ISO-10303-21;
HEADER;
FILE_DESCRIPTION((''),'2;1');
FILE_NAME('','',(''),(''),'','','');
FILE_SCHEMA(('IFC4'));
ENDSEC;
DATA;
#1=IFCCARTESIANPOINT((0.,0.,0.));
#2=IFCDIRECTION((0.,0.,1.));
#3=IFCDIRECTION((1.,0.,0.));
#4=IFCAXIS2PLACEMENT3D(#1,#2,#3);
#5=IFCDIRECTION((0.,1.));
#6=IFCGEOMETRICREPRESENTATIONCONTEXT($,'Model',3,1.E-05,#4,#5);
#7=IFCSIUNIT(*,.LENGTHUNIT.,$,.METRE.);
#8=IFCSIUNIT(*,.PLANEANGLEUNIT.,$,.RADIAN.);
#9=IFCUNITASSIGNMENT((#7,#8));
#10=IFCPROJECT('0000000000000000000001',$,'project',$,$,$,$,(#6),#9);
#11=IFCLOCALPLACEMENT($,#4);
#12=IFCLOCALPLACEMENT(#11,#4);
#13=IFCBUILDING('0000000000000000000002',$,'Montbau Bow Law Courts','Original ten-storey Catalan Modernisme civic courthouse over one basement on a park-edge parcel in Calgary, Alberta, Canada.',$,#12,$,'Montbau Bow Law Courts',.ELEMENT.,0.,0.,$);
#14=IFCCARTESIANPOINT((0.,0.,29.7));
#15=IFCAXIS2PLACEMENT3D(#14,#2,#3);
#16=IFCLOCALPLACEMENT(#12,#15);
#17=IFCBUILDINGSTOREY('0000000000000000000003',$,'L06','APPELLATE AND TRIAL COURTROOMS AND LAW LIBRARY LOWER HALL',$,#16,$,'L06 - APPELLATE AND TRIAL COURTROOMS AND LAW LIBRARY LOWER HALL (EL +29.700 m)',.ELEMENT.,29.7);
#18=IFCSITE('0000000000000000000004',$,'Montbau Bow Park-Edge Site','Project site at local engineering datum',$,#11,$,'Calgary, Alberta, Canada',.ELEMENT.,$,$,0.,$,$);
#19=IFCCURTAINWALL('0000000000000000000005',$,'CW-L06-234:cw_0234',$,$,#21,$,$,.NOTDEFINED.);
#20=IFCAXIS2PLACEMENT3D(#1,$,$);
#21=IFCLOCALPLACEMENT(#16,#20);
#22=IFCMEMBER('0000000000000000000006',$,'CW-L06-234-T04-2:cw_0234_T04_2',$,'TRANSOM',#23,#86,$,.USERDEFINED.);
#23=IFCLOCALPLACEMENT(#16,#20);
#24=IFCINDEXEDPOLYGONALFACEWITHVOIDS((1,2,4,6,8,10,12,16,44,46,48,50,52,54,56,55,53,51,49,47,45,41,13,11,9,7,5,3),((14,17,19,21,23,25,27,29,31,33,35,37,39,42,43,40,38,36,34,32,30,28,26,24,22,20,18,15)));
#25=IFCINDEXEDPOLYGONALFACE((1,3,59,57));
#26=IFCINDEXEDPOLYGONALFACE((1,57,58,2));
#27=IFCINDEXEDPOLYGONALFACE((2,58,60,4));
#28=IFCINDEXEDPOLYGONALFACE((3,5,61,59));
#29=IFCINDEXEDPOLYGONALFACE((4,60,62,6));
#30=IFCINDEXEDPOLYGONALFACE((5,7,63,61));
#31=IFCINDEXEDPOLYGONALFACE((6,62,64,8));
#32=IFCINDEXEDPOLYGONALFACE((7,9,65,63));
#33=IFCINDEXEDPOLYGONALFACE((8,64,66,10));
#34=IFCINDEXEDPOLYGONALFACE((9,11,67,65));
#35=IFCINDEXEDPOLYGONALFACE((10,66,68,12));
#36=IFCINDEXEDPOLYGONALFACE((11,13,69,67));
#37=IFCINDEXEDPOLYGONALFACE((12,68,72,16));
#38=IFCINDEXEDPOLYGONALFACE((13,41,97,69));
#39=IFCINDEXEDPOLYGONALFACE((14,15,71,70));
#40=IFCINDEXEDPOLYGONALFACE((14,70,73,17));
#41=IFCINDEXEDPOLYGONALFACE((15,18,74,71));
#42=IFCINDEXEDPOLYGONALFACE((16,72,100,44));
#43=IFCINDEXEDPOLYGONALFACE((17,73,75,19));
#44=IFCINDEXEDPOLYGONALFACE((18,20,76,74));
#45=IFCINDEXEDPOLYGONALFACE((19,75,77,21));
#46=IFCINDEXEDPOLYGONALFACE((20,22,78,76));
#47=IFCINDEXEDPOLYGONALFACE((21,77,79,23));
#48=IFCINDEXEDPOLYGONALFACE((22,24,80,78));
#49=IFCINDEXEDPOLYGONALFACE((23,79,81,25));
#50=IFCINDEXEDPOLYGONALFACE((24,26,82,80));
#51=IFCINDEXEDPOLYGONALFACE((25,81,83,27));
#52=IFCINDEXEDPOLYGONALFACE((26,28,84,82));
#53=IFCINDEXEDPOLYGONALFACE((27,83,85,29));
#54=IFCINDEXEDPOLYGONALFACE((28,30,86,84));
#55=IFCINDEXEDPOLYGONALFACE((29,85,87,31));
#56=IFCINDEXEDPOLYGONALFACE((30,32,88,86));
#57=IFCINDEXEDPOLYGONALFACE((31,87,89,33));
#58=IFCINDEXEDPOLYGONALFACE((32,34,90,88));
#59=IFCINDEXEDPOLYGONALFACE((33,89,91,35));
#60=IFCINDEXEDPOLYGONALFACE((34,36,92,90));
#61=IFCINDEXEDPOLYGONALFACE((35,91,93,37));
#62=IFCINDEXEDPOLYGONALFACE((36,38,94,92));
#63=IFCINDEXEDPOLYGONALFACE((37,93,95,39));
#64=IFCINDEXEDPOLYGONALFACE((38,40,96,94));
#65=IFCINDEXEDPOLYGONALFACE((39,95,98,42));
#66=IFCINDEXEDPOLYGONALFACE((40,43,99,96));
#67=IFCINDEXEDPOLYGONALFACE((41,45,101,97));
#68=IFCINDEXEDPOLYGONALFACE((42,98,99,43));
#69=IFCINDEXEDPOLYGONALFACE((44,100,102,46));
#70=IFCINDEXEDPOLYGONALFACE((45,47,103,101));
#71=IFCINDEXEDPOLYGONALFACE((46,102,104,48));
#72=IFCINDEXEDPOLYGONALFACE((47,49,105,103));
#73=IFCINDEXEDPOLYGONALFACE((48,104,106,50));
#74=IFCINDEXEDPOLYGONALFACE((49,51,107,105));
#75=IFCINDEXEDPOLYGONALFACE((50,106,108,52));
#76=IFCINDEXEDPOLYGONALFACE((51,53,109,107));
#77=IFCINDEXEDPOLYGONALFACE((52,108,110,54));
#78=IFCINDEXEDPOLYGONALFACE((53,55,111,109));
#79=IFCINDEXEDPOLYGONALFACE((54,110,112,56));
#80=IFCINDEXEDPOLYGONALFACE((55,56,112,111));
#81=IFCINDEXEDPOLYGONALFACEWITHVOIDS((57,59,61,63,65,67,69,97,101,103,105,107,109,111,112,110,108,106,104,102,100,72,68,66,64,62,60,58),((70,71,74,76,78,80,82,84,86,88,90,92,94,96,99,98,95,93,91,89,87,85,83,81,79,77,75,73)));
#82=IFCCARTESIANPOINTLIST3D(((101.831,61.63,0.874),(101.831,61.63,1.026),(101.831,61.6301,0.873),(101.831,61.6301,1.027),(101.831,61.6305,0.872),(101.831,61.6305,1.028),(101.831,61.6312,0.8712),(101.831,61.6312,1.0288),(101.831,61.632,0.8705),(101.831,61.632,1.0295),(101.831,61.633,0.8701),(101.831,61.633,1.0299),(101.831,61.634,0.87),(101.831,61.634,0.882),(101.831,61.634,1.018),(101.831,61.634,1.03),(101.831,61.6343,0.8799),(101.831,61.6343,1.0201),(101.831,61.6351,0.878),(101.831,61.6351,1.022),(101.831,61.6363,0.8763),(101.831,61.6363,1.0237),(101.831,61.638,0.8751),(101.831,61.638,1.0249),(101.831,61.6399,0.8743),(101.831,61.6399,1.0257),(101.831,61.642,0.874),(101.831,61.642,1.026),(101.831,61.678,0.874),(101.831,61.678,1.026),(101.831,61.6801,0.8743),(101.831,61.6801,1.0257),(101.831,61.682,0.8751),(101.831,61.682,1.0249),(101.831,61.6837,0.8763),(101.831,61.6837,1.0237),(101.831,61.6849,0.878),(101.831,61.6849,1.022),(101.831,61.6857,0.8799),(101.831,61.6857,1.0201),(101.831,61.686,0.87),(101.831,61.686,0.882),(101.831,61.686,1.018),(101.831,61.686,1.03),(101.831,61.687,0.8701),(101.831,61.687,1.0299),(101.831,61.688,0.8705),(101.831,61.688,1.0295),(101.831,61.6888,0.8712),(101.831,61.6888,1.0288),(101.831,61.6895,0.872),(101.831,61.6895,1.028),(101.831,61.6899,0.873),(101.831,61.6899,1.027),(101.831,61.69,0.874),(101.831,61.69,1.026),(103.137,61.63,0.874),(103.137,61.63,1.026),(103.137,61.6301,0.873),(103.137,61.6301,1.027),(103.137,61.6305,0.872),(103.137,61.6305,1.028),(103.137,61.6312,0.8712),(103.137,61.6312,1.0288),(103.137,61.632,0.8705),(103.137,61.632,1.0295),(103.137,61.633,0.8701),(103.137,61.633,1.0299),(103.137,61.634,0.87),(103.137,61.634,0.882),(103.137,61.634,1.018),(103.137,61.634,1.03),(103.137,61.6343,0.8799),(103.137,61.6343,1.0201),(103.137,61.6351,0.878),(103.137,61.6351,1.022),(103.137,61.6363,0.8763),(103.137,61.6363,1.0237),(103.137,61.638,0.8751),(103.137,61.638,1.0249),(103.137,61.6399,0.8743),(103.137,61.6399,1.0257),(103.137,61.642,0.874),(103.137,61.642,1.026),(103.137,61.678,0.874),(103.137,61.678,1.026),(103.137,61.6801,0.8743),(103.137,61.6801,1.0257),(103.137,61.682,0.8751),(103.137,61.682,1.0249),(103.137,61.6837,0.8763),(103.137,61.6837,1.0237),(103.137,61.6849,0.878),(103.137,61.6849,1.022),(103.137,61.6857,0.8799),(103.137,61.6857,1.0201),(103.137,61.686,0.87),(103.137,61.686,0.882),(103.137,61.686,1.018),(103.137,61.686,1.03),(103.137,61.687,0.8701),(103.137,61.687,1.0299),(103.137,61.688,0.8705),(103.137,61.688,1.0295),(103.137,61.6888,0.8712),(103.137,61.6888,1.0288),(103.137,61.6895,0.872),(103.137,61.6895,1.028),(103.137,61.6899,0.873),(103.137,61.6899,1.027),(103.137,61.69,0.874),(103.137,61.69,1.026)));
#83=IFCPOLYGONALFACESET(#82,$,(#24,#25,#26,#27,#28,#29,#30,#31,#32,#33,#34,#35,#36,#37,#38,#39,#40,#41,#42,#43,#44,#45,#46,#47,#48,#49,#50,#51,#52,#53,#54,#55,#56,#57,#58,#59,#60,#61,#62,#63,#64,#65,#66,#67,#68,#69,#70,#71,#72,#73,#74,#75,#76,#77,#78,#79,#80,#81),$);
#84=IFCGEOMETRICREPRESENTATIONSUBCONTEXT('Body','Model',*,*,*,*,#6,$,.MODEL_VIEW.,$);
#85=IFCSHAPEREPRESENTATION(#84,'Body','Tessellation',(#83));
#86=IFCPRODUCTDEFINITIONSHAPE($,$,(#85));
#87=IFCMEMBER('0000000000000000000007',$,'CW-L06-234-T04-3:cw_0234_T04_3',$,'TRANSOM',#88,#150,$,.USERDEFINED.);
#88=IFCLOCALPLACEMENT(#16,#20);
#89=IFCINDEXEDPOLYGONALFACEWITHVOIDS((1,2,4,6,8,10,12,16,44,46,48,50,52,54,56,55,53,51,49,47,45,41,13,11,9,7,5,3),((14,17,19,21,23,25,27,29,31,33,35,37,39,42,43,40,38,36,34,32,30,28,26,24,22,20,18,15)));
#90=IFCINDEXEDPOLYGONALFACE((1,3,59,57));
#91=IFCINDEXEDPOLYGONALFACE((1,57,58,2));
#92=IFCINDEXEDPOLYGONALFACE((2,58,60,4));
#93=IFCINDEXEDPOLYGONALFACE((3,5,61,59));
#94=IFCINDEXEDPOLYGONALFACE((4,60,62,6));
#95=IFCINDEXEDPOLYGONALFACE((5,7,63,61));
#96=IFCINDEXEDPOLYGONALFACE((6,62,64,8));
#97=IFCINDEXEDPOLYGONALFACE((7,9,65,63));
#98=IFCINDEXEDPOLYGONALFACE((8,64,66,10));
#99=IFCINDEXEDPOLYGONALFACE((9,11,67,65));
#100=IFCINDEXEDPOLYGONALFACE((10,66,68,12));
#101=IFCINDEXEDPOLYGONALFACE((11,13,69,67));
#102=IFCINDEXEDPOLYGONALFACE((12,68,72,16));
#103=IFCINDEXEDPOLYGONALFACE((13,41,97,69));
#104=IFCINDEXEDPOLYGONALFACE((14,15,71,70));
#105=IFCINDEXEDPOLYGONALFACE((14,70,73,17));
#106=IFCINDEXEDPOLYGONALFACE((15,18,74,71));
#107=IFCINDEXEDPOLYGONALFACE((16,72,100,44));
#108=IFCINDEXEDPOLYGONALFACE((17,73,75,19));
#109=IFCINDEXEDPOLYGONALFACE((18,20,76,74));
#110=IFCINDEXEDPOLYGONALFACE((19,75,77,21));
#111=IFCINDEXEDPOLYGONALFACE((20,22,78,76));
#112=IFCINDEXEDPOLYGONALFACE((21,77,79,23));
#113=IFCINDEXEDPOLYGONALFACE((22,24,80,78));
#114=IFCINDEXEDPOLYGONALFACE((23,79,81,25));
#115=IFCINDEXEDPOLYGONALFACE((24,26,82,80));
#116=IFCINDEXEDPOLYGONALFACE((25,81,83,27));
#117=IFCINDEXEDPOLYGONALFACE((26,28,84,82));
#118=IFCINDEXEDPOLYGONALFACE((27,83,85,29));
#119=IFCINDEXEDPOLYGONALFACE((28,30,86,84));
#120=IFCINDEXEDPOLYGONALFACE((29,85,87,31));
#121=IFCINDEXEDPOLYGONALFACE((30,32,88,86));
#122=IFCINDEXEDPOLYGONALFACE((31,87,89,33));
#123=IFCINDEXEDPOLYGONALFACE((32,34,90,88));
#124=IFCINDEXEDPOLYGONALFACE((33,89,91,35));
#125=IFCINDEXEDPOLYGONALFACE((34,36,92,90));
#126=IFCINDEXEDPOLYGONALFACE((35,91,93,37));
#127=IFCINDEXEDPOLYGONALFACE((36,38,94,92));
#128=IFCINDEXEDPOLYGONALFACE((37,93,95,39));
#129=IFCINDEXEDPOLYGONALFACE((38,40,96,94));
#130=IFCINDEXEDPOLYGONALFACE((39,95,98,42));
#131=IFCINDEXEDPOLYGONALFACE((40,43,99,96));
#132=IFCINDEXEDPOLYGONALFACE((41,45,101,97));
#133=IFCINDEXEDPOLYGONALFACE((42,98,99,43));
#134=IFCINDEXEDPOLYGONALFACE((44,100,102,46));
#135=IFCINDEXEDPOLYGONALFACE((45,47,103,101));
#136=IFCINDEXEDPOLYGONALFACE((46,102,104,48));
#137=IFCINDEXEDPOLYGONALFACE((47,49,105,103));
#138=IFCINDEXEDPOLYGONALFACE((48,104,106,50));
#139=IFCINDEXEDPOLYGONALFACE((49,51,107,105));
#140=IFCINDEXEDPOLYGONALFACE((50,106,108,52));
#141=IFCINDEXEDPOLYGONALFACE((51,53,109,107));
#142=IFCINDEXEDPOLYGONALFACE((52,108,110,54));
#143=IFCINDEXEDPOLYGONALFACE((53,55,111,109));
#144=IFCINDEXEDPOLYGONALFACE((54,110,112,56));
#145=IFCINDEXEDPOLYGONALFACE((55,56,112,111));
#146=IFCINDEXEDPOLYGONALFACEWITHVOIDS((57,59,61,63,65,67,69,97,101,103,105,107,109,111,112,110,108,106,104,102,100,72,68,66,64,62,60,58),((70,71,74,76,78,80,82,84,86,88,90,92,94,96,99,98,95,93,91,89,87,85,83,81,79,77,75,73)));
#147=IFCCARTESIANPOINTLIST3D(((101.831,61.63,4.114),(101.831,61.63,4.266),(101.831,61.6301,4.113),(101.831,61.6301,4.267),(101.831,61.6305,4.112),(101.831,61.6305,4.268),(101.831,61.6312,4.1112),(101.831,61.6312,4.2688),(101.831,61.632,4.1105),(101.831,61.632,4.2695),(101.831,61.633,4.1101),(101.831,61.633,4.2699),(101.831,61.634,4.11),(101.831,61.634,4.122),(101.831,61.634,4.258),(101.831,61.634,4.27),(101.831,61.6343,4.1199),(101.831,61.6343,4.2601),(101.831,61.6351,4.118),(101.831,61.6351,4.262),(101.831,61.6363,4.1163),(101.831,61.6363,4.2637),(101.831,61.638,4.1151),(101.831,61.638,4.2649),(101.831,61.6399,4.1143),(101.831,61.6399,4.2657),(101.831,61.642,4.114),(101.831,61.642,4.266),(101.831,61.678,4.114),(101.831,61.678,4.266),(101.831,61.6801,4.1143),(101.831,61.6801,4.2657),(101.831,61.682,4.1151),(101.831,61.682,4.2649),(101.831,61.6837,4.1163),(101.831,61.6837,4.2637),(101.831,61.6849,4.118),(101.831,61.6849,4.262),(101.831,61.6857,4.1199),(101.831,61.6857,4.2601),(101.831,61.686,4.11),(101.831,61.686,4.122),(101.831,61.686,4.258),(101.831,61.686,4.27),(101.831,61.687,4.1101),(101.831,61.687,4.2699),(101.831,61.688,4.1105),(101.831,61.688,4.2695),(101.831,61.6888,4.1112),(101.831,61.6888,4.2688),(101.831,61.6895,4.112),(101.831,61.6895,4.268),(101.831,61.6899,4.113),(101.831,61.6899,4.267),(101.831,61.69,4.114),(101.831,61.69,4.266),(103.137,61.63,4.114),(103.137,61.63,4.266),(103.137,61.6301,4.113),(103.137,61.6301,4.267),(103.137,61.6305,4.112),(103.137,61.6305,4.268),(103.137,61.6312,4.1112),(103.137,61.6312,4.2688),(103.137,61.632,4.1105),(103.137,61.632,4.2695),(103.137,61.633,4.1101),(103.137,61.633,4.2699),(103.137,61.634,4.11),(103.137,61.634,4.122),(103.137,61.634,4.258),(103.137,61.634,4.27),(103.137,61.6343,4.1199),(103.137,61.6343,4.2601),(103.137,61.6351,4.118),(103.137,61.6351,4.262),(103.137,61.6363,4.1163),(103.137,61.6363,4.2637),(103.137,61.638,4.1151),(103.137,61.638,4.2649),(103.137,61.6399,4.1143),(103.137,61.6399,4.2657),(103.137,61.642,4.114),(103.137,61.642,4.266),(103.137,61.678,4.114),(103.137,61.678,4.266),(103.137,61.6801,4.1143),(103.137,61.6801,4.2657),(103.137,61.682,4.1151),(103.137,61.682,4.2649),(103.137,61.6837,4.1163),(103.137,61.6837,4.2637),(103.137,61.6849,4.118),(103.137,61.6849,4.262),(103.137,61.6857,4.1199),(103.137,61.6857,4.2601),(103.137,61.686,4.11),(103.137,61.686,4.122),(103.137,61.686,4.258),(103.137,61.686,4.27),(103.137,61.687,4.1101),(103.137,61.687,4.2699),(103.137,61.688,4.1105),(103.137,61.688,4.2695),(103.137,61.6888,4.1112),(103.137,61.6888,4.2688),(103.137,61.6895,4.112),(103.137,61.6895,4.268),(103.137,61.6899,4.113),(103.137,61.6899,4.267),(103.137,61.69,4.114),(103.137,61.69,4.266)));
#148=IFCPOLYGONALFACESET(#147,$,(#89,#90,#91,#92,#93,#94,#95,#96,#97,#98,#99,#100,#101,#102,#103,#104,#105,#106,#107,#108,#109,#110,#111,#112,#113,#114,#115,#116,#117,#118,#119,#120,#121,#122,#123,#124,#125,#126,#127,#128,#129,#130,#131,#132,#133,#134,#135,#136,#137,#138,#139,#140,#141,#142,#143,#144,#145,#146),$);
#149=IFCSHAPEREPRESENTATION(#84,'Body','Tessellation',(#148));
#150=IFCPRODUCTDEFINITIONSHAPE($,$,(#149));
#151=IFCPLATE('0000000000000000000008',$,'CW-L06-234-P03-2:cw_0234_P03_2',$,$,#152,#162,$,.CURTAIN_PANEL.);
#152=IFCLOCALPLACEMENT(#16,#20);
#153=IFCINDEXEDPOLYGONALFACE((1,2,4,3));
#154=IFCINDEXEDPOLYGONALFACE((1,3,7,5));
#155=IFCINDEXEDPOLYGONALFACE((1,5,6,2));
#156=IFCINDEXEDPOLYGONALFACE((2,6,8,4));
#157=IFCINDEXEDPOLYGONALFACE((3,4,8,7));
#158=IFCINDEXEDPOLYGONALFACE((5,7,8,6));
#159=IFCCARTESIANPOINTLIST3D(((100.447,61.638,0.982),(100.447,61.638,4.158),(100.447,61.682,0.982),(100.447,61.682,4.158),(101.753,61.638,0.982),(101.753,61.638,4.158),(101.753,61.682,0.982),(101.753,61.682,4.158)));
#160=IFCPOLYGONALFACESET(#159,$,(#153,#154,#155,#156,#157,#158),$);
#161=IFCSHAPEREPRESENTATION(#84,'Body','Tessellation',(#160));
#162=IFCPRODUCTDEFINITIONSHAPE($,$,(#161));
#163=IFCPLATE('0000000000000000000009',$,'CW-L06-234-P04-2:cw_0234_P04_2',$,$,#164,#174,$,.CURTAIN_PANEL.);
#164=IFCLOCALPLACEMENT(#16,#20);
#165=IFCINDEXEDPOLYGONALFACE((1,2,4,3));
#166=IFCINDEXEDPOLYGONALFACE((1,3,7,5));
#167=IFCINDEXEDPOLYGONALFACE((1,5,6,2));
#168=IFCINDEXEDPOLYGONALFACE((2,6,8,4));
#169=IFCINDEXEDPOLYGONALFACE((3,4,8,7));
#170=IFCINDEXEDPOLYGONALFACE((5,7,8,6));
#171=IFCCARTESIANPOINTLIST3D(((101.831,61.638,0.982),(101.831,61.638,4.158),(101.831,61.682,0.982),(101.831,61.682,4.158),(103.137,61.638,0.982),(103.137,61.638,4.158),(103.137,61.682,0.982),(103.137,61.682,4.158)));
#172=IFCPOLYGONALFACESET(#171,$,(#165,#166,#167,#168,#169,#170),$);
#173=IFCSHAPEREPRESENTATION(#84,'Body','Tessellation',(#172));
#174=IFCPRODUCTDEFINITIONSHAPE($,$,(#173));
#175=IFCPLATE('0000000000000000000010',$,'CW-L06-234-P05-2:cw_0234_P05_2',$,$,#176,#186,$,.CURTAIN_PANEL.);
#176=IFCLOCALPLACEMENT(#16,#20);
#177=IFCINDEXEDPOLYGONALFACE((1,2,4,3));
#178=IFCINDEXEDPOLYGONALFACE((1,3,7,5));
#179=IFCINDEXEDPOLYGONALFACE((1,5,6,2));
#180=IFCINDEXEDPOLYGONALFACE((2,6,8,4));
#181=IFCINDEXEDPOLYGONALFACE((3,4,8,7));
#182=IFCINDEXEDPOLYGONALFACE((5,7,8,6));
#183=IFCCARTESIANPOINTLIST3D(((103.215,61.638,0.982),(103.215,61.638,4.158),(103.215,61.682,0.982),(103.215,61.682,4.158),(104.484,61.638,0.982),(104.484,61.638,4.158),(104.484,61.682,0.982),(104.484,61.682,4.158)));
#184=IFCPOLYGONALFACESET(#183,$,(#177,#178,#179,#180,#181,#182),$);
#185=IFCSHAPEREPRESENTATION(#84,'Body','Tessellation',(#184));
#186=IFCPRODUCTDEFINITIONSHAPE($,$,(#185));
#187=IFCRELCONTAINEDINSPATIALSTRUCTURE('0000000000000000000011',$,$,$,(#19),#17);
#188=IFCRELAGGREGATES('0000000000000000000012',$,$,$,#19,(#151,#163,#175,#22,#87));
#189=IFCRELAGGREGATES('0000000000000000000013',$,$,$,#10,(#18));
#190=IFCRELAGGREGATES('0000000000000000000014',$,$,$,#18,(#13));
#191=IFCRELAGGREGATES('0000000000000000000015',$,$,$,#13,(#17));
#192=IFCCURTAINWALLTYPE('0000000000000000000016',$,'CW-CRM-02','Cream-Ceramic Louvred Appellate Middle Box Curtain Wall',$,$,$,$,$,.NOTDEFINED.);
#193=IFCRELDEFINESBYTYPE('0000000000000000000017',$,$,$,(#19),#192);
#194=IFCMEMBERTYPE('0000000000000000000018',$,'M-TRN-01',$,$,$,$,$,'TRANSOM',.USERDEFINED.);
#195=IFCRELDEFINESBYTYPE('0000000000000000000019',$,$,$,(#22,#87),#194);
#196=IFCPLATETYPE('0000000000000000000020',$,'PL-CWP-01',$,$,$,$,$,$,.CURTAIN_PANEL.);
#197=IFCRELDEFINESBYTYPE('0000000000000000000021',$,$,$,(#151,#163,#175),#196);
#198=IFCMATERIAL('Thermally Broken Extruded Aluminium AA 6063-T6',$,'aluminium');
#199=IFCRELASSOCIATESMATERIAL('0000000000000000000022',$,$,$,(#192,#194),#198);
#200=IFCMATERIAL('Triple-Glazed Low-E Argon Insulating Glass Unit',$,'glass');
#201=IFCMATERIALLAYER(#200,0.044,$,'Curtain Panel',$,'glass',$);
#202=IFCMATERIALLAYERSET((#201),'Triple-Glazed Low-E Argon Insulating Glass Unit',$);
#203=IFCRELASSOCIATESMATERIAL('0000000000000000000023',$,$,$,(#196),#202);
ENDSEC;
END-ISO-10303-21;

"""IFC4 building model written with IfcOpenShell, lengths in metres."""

from ifc_helpers import new_model, si_unit, direction, frame, frame_2d, origin_with_axes, origin_2d_with_axis, place, context, subcontext, project, spatial, rectangle, hollow_rectangle, extrude, material, layer, layer_set, material_profile, profile_set, type_object, element, aggregate, save


model = new_model("IFC4")

# Units and contexts
model_context = context("Model", 3, precision=1e-05, world=origin_with_axes(), true_north=direction((0.0, 1.0)))
body_context = subcontext(model_context, "Body", "Model", "MODEL_VIEW")
ifc_project = project(units=[si_unit("LENGTHUNIT", "METRE"), si_unit("PLANEANGLEUNIT", "RADIAN")], contexts=[model_context])

# Site, building, storey
site_placement = place(None, origin_with_axes())
site = spatial("IfcSite", under=ifc_project, at=site_placement, Name="Montbau Bow Park-Edge Site", Description="Project site at local engineering datum", LongName="Calgary, Alberta, Canada", CompositionType="ELEMENT", RefElevation=0.0)
building_placement = place(site_placement, origin_with_axes())
building = spatial("IfcBuilding", under=site, at=building_placement, Name="Montbau Bow Law Courts", Description="Original ten-storey Catalan Modernisme civic courthouse over one basement on a park-edge parcel in Calgary, Alberta, Canada.", LongName="Montbau Bow Law Courts", CompositionType="ELEMENT", ElevationOfRefHeight=0.0, ElevationOfTerrain=0.0)
storey_placement = place(building_placement, frame((0.0, 0.0, 29.7), z_axis=(0.0, 0.0, 1.0), x_axis=(1.0, 0.0, 0.0)))
storey = spatial("IfcBuildingStorey", under=building, at=storey_placement, Name="L06", Description="APPELLATE AND TRIAL COURTROOMS AND LAW LIBRARY LOWER HALL", LongName="L06 - APPELLATE AND TRIAL COURTROOMS AND LAW LIBRARY LOWER HALL (EL +29.700 m)", CompositionType="ELEMENT", Elevation=29.7)

# Curtain wall
ifc_material_1 = material(Name="Thermally Broken Extruded Aluminium AA 6063-T6", Category="aluminium")
curtain_wall_type = type_object("IfcCurtainWallType", Name="CW-CRM-02", Description="Cream-Ceramic Louvred Appellate Middle Box Curtain Wall", PredefinedType="NOTDEFINED", material=ifc_material_1)
curtain_wall_placement = place(None, frame((97.64, 61.66, 29.7), z_axis=(0.0, 0.0, 1.0), x_axis=(1.0, 0.0, 0.0)))
curtain_wall = element("IfcCurtainWall", 1, at=curtain_wall_placement, inside=storey, type_object=curtain_wall_type, Name="CW-L06-234:cw_0234", PredefinedType="NOTDEFINED")

# Members
ifc_material_profile_1 = material_profile(ifc_material_1, hollow_rectangle(XDim=0.06, YDim=0.16, WallThickness=0.004, InnerFilletRadius=0.008, OuterFilletRadius=0.004, at=origin_2d_with_axis()), Name="CWT-160X60", Category="Main", Priority=0)
ifc_profile_set_1 = profile_set([ifc_material_profile_1], Name="Thermally Broken Extruded Aluminium AA 6063-T6")
member_type_1 = type_object("IfcMemberType", Name="M-TRN-01", ElementType="TRANSOM", PredefinedType="USERDEFINED", material=ifc_profile_set_1)
member_1_placement = place(None, frame((101.831, 61.66, 30.65), z_axis=(1.0, 0.0, 0.0), x_axis=(0.0, 1.0, 0.0)))
member_1 = element("IfcMember", 2, at=member_1_placement, type_object=member_type_1, Name="CW-L06-234-T04-2:cw_0234_T04_2", ObjectType="TRANSOM", PredefinedType="USERDEFINED", context=body_context, shape_type="SweptSolid", body=[
    extrude(hollow_rectangle(XDim=0.06, YDim=0.16, WallThickness=0.004, InnerFilletRadius=0.008, OuterFilletRadius=0.004, at=origin_2d_with_axis()), origin_with_axes(), (0.0, 0.0, 1.0), 1.306),
])
member_2_placement = place(None, frame((101.831, 61.66, 33.89), z_axis=(1.0, 0.0, 0.0), x_axis=(0.0, 1.0, 0.0)))
member_2 = element("IfcMember", 3, at=member_2_placement, type_object=member_type_1, Name="CW-L06-234-T04-3:cw_0234_T04_3", ObjectType="TRANSOM", PredefinedType="USERDEFINED", context=body_context, shape_type="SweptSolid", body=[
    extrude(hollow_rectangle(XDim=0.06, YDim=0.16, WallThickness=0.004, InnerFilletRadius=0.008, OuterFilletRadius=0.004, at=origin_2d_with_axis()), origin_with_axes(), (0.0, 0.0, 1.0), 1.306),
])

# Plates
ifc_material_2 = material(Name="Triple-Glazed Low-E Argon Insulating Glass Unit", Category="glass")
ifc_layer_1 = layer(ifc_material_2, 0.044, Name="Curtain Panel", Category="glass")
ifc_layer_set_1 = layer_set([ifc_layer_1], Name="Triple-Glazed Low-E Argon Insulating Glass Unit")
plate_type_1 = type_object("IfcPlateType", Name="PL-CWP-01", PredefinedType="CURTAIN_PANEL", material=ifc_layer_set_1)
plate_1_placement = place(None, frame((100.447, 61.66, 30.682), z_axis=(0.0, -1.0, 0.0), x_axis=(1.0, 0.0, 0.0)))
plate_1 = element("IfcPlate", 4, at=plate_1_placement, type_object=plate_type_1, Name="CW-L06-234-P03-2:cw_0234_P03_2", PredefinedType="CURTAIN_PANEL", context=body_context, shape_type="SweptSolid", body=[
    extrude(rectangle(XDim=1.306, YDim=3.176, at=frame_2d((0.653, 1.588), x_axis=(1.0, 0.0))), frame((0.0, 0.0, -0.022), z_axis=(0.0, 0.0, 1.0), x_axis=(1.0, 0.0, 0.0)), (0.0, 0.0, 1.0), 0.044),
])
plate_2_placement = place(None, frame((101.831, 61.66, 30.682), z_axis=(0.0, -1.0, 0.0), x_axis=(1.0, 0.0, 0.0)))
plate_2 = element("IfcPlate", 5, at=plate_2_placement, type_object=plate_type_1, Name="CW-L06-234-P04-2:cw_0234_P04_2", PredefinedType="CURTAIN_PANEL", context=body_context, shape_type="SweptSolid", body=[
    extrude(rectangle(XDim=1.306, YDim=3.176, at=frame_2d((0.653, 1.588), x_axis=(1.0, 0.0))), frame((0.0, 0.0, -0.022), z_axis=(0.0, 0.0, 1.0), x_axis=(1.0, 0.0, 0.0)), (0.0, 0.0, 1.0), 0.044),
])
plate_3_placement = place(None, frame((103.215, 61.66, 30.682), z_axis=(0.0, -1.0, 0.0), x_axis=(1.0, 0.0, 0.0)))
plate_3 = element("IfcPlate", 6, at=plate_3_placement, type_object=plate_type_1, Name="CW-L06-234-P05-2:cw_0234_P05_2", PredefinedType="CURTAIN_PANEL", context=body_context, shape_type="SweptSolid", body=[
    extrude(rectangle(XDim=1.269, YDim=3.176, at=frame_2d((0.6345, 1.588), x_axis=(1.0, 0.0))), frame((0.0, 0.0, -0.022), z_axis=(0.0, 0.0, 1.0), x_axis=(1.0, 0.0, 0.0)), (0.0, 0.0, 1.0), 0.044),
])
aggregate(curtain_wall, [plate_1, plate_2, plate_3, member_1, member_2])

save(model, "model.ifc")
